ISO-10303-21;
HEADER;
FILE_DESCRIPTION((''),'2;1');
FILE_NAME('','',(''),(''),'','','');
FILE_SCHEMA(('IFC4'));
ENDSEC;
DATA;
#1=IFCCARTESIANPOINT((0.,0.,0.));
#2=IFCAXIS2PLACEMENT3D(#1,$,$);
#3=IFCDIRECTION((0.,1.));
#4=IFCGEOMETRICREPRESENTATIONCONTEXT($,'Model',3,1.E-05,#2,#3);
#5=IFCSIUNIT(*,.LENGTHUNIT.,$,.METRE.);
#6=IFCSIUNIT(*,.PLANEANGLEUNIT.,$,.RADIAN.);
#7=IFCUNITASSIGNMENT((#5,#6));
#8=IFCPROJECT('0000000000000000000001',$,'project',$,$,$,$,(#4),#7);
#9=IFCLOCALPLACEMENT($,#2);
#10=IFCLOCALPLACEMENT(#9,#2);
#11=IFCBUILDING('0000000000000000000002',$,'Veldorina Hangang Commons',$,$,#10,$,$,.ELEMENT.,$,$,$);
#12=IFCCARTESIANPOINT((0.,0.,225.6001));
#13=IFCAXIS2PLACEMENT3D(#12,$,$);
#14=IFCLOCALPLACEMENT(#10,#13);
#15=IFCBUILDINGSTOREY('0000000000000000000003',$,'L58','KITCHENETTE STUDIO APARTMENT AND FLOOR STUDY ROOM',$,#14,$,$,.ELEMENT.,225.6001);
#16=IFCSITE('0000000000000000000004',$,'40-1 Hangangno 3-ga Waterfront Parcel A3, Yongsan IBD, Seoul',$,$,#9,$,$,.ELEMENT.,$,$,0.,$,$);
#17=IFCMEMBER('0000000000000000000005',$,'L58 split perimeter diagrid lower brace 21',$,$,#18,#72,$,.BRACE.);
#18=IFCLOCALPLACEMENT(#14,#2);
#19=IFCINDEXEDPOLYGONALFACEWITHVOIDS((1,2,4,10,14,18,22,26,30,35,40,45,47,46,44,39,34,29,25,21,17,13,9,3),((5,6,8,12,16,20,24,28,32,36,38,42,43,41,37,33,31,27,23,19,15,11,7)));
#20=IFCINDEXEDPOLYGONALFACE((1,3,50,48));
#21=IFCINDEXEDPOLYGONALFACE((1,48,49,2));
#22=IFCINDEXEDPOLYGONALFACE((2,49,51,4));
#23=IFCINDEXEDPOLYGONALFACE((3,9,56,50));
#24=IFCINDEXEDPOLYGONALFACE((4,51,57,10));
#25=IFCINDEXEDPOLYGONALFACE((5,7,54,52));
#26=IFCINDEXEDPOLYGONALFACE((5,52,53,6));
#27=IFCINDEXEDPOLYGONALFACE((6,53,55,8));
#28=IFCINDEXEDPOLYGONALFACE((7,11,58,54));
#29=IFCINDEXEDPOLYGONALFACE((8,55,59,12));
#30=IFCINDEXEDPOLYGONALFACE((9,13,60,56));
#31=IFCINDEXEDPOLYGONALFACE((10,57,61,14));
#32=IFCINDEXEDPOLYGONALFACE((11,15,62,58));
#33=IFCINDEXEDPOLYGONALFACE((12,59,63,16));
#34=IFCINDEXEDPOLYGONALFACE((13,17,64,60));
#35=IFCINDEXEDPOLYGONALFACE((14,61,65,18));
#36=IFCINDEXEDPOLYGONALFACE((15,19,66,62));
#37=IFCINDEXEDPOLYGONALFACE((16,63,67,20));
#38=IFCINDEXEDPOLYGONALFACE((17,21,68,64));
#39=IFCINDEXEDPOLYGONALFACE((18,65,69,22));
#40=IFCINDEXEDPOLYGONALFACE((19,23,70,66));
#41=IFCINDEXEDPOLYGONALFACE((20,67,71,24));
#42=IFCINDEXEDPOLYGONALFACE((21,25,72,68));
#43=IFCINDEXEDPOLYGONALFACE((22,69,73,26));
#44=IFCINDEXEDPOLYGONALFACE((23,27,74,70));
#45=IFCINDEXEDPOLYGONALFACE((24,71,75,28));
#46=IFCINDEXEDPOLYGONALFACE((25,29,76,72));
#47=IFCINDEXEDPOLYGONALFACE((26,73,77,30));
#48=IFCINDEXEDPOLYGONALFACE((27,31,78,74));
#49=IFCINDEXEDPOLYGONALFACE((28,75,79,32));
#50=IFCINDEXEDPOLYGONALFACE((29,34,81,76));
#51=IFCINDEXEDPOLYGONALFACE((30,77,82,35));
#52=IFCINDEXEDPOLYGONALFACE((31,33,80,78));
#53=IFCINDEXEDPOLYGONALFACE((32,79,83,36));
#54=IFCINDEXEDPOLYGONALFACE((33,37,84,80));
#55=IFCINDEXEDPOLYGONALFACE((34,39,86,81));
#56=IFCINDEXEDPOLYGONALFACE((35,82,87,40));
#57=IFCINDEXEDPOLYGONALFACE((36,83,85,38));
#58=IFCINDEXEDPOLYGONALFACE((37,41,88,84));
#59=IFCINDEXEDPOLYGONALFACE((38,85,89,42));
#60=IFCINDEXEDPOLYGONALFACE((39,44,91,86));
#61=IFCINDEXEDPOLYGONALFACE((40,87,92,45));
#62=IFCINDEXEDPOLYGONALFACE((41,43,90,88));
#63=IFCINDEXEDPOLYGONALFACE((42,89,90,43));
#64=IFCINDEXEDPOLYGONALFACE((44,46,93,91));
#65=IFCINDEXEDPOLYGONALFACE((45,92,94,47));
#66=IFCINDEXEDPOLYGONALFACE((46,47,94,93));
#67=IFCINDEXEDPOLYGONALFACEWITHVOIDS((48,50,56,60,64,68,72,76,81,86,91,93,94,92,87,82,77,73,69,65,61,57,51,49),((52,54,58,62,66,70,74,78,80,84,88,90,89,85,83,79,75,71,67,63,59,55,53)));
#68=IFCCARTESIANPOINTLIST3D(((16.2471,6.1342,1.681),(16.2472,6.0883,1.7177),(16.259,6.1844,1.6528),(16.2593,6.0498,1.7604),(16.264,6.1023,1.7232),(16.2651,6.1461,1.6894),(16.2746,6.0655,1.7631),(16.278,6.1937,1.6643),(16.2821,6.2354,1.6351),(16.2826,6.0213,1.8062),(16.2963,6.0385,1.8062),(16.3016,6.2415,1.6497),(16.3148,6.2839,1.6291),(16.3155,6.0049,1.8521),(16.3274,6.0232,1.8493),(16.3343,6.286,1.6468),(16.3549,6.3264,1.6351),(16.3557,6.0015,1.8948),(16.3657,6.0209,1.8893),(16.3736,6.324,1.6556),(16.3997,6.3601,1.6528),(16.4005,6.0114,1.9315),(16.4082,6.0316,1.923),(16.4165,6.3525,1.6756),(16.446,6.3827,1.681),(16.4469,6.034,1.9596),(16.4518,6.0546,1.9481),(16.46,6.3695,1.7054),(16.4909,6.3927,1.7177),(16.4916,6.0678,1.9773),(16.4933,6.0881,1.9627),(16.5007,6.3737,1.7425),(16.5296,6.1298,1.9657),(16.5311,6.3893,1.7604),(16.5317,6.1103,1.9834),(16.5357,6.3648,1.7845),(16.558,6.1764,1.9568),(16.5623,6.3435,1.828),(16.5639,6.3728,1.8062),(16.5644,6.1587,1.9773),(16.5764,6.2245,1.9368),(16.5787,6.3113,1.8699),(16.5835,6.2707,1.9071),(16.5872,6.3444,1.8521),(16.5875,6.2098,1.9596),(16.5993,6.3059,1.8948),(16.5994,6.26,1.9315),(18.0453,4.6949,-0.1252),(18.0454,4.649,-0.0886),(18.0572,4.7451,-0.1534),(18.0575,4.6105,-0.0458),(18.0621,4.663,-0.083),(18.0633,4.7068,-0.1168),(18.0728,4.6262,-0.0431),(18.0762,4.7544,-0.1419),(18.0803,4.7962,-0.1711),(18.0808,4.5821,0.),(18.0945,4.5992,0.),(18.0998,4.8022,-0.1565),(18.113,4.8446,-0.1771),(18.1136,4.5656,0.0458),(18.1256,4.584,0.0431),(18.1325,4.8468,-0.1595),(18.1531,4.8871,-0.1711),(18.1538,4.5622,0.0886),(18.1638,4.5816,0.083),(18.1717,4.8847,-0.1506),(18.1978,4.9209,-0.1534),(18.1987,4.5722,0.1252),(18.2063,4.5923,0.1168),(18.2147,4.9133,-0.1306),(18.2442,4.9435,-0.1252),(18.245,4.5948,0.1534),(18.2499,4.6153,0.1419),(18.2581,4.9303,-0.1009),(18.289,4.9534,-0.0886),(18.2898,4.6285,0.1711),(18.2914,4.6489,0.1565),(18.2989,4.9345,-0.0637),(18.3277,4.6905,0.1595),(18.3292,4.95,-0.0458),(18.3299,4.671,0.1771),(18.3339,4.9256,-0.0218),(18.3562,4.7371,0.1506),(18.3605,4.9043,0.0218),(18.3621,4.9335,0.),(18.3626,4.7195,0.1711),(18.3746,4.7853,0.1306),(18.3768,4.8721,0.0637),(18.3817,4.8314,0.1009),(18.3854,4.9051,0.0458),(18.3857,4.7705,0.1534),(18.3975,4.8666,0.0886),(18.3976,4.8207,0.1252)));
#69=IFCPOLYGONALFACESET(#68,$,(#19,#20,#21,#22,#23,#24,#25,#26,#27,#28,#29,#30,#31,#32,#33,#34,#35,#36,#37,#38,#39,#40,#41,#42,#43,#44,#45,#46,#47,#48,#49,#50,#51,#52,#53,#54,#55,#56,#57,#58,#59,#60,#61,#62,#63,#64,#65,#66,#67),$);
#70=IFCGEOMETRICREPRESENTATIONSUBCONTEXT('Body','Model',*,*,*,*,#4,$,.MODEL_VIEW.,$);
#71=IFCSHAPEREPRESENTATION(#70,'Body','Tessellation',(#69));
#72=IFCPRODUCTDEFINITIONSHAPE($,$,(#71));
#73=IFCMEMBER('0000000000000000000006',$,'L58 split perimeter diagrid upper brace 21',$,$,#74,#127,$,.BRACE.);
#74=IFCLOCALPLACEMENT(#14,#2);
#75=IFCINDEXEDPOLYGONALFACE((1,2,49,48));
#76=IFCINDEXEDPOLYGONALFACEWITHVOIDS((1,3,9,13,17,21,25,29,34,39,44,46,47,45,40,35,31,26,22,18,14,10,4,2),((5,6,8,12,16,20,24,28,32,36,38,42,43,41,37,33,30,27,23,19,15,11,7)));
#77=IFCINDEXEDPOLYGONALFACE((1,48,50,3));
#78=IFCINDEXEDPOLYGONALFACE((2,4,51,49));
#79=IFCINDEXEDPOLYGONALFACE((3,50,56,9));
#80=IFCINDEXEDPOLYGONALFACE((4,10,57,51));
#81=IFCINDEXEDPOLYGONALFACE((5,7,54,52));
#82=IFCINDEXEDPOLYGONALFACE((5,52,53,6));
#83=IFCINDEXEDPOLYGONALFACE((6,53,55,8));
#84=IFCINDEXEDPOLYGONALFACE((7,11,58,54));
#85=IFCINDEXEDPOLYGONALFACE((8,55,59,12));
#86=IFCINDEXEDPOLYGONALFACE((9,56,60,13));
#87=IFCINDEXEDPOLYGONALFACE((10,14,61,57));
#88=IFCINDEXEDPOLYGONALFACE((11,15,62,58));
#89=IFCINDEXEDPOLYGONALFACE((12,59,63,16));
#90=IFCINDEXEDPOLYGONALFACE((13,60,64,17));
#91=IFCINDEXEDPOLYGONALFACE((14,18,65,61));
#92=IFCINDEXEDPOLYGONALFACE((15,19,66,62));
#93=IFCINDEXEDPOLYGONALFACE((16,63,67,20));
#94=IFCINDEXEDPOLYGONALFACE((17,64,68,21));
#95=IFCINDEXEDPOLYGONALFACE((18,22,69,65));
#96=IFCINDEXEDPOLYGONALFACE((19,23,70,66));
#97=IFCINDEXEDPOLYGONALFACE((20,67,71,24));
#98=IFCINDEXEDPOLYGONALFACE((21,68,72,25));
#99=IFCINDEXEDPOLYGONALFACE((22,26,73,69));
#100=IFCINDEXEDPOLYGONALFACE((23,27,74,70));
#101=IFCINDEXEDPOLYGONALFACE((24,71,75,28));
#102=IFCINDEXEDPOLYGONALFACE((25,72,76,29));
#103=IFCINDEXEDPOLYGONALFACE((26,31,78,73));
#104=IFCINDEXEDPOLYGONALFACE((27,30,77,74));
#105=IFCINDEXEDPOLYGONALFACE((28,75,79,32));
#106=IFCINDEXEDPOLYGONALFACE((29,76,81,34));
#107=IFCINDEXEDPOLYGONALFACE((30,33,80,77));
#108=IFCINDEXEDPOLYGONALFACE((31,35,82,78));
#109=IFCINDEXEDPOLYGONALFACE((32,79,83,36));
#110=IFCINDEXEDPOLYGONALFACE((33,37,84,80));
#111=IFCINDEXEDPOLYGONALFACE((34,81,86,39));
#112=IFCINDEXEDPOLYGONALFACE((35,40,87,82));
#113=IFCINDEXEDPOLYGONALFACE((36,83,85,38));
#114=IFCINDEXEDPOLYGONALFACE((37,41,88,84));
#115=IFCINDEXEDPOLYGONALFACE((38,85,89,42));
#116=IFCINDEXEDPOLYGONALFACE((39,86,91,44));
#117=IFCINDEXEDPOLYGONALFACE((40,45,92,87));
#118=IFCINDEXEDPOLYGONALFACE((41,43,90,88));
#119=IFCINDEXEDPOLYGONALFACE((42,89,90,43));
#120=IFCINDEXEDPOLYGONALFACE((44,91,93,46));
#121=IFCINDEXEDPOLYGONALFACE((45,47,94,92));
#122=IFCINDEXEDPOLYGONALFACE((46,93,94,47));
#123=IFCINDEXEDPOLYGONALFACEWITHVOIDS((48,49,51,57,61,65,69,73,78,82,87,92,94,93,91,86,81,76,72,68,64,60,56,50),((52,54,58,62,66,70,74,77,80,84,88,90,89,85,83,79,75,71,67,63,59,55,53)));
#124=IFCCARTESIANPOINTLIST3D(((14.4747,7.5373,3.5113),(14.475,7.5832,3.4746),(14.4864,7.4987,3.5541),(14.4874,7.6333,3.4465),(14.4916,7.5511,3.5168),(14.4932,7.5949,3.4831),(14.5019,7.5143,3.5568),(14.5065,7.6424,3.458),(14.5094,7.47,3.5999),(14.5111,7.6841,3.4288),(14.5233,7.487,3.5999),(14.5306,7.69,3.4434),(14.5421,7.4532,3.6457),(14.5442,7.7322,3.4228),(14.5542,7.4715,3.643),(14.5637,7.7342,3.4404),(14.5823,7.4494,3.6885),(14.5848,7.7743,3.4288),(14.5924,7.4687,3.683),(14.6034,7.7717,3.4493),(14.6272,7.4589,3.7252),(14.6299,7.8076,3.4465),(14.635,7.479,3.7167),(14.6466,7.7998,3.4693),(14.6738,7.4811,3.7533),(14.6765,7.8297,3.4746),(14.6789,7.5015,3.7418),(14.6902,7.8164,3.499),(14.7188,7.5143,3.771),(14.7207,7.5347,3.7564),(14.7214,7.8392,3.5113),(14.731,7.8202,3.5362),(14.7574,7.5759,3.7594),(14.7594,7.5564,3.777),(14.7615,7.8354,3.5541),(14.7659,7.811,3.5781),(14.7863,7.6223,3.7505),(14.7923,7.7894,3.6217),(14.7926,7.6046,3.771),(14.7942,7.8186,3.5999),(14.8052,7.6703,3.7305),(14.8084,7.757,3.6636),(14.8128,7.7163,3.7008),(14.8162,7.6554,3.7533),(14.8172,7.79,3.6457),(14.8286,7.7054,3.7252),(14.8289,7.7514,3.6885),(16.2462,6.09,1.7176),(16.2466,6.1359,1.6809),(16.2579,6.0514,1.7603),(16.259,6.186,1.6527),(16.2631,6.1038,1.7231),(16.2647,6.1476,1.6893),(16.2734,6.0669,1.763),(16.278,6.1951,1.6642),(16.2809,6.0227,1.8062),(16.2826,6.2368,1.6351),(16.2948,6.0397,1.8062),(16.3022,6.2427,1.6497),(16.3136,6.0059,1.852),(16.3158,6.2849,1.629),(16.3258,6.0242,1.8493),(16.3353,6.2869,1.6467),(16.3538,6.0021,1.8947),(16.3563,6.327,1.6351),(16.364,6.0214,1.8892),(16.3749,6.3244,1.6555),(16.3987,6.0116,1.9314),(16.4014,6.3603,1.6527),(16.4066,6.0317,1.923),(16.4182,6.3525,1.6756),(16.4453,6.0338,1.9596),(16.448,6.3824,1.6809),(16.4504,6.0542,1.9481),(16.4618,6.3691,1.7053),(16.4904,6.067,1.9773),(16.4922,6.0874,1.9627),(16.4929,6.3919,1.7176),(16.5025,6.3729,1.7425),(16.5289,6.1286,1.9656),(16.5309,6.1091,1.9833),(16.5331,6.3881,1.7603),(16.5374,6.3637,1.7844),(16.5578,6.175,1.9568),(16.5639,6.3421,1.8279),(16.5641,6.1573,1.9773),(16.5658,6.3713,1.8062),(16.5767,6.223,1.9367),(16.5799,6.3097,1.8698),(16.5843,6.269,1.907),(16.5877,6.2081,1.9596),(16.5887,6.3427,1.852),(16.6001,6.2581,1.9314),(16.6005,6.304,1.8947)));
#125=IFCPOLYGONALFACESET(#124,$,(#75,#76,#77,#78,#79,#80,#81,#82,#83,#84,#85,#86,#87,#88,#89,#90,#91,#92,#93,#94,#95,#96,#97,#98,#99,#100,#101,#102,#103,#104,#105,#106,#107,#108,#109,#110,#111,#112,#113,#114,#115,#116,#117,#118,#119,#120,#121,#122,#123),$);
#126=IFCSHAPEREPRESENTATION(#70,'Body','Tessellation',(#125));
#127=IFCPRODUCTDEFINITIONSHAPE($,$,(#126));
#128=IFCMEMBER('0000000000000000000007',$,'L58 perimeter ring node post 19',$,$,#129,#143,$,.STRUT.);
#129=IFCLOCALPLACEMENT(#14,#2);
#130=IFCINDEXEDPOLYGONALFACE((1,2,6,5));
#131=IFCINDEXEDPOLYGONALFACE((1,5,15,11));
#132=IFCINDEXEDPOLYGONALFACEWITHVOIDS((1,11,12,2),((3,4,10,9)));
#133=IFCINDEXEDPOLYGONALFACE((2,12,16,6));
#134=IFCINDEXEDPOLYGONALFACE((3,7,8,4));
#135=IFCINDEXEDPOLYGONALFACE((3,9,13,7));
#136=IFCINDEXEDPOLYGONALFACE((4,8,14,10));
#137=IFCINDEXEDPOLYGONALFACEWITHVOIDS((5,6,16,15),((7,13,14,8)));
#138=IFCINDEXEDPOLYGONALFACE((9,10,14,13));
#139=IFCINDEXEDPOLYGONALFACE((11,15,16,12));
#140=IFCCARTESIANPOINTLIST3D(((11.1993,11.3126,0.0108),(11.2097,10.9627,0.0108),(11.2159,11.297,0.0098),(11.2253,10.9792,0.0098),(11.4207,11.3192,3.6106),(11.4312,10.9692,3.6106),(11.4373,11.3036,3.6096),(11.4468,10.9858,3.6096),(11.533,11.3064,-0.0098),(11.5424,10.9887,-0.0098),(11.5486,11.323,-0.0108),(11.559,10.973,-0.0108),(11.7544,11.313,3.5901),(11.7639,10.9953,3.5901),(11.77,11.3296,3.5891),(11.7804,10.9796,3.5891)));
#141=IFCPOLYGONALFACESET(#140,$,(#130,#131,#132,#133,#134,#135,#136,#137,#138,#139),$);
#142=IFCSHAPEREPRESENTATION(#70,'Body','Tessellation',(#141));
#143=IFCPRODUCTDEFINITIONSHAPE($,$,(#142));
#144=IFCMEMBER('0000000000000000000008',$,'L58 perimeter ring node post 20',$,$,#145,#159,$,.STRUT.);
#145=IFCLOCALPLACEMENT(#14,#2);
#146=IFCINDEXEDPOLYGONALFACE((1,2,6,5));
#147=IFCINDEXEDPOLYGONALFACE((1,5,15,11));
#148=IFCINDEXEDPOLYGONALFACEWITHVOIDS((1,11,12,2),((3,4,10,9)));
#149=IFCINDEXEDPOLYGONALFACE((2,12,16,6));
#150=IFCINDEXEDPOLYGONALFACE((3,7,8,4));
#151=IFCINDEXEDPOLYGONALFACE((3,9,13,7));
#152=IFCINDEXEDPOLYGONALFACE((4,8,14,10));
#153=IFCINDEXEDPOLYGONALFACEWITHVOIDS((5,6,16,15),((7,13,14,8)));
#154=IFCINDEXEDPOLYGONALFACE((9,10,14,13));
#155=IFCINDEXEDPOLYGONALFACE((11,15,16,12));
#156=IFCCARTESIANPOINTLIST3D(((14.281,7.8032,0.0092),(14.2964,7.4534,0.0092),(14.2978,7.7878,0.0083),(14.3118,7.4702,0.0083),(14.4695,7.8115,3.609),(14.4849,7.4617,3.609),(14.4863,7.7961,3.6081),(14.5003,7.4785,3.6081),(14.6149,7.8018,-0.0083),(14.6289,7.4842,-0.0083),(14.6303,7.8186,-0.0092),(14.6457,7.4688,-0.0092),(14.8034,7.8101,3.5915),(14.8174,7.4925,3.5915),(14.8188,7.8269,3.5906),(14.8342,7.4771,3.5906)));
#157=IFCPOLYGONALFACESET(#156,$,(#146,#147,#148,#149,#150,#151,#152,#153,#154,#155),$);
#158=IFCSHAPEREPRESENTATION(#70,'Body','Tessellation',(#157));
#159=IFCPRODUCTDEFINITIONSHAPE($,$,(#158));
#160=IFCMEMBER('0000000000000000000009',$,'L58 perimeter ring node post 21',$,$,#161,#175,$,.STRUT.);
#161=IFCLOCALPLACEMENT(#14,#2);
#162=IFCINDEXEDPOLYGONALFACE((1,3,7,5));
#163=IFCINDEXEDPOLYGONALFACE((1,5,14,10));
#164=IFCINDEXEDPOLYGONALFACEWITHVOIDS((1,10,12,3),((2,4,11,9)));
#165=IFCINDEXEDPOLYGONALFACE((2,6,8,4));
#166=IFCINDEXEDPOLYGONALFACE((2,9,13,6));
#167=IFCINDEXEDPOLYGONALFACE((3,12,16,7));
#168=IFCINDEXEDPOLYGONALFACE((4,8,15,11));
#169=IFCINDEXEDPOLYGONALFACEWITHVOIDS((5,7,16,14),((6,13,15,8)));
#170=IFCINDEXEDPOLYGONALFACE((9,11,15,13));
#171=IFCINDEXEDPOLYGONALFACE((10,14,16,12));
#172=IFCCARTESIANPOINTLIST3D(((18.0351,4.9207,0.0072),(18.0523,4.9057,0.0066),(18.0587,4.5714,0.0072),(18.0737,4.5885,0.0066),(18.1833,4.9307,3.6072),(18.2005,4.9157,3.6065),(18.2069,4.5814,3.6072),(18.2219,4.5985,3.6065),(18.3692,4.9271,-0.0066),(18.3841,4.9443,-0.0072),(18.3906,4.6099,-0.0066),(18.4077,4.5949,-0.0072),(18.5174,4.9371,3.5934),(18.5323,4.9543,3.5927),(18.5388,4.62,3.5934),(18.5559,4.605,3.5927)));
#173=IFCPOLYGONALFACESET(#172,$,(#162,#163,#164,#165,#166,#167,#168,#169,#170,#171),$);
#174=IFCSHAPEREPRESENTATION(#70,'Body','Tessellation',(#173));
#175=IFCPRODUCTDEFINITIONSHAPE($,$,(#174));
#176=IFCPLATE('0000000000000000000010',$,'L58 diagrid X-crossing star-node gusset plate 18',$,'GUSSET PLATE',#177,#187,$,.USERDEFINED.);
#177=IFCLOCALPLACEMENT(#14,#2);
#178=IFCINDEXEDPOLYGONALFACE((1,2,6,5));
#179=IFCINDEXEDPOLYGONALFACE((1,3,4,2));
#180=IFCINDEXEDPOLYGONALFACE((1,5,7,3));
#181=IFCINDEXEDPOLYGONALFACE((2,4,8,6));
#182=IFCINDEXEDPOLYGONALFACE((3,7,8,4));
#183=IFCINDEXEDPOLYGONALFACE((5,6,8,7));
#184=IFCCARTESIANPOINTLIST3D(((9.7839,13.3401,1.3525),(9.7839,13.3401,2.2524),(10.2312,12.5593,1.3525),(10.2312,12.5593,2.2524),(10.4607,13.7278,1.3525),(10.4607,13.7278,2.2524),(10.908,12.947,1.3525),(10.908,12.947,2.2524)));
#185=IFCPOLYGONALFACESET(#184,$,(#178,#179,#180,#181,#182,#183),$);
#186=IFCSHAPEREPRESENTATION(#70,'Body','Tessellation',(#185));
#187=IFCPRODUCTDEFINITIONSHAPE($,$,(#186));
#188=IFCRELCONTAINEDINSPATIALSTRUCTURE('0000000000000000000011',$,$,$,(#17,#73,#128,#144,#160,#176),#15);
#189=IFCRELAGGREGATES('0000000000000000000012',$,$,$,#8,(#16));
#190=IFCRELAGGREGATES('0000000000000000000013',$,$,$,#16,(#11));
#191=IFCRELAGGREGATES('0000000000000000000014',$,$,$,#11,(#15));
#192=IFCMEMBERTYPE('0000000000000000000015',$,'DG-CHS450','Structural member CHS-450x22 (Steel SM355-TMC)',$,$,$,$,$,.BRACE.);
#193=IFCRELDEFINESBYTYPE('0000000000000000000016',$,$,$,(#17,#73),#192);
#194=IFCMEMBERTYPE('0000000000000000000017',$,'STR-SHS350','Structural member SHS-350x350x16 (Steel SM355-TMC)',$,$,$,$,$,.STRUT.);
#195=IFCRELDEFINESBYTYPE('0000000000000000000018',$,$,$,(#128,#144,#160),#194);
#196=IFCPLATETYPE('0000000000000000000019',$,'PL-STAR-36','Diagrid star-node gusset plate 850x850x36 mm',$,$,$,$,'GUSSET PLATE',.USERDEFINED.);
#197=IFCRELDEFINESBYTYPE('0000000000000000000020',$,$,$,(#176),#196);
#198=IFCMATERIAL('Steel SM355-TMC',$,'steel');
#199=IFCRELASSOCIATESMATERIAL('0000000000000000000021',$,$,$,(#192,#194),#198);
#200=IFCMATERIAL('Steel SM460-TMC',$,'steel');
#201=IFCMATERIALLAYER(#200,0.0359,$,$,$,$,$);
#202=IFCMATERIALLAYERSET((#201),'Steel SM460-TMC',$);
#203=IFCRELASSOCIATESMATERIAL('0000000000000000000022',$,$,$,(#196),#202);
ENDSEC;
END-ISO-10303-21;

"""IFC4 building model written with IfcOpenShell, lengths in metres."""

from ifc_helpers import new_model, si_unit, direction, frame, origin, origin_2d, place, context, subcontext, project, spatial, rectangle, hollow_rectangle, hollow_circle, extrude, material, layer, layer_set, material_profile, profile_set, type_object, element, save


model = new_model("IFC4")

# Units and contexts
model_context = context("Model", 3, precision=1e-05, world=origin(), true_north=direction((0.0, 1.0)))
body_context = subcontext(model_context, "Body", "Model", "MODEL_VIEW")
ifc_project = project(units=[si_unit("LENGTHUNIT", "METRE"), si_unit("PLANEANGLEUNIT", "RADIAN")], contexts=[model_context])

# Site, building, storey
site_placement = place(None, origin())
site = spatial("IfcSite", under=ifc_project, at=site_placement, Name="40-1 Hangangno 3-ga Waterfront Parcel A3, Yongsan IBD, Seoul", CompositionType="ELEMENT", RefElevation=0.0)
building_placement = place(site_placement, origin())
building = spatial("IfcBuilding", under=site, at=building_placement, Name="Veldorina Hangang Commons", CompositionType="ELEMENT")
storey_placement = place(building_placement, frame((0.0, 0.0, 225.6001)))
storey = spatial("IfcBuildingStorey", under=building, at=storey_placement, Name="L58", Description="KITCHENETTE STUDIO APARTMENT AND FLOOR STUDY ROOM", CompositionType="ELEMENT", Elevation=225.6001)

# Shared definitions
ifc_material_1 = material(Name="Steel SM355-TMC", Category="steel")

# Members
ifc_material_profile_1 = material_profile(ifc_material_1, hollow_circle(Radius=0.2251, WallThickness=0.022, at=origin_2d()), Name="CHS-450x22")
ifc_profile_set_1 = profile_set([ifc_material_profile_1], Name="Steel SM355-TMC")
member_type_1 = type_object("IfcMemberType", Name="DG-CHS450", Description="Structural member CHS-450x22 (Steel SM355-TMC)", PredefinedType="BRACE", material=ifc_profile_set_1)
member_1_placement = place(storey_placement, frame((18.2214, 4.7578, 0.0), z_axis=(-0.614338, 0.49172, 0.61709), x_axis=(-0.624889, -0.780714, 0.0)))
element("IfcMember", 1, at=member_1_placement, inside=storey, type_object=member_type_1, Name="L58 split perimeter diagrid lower brace 21", PredefinedType="BRACE", context=body_context, shape_type="SweptSolid", body=[
    extrude(hollow_circle(Radius=0.2251, WallThickness=0.022, at=origin_2d()), origin(), (0.0, 0.0, 1.0), 2.927),
])
member_2_placement = place(storey_placement, frame((16.4233, 6.197, 1.8062), z_axis=(-0.609406, 0.497872, 0.617048), x_axis=(-0.63268, -0.774414, 0.0)))
element("IfcMember", 2, at=member_2_placement, inside=storey, type_object=member_type_1, Name="L58 split perimeter diagrid upper brace 21", PredefinedType="BRACE", context=body_context, shape_type="SweptSolid", body=[
    extrude(hollow_circle(Radius=0.2251, WallThickness=0.022, at=origin_2d()), origin(), (0.0, 0.0, 1.0), 2.907),
])
ifc_material_profile_2 = material_profile(ifc_material_1, hollow_rectangle(XDim=0.3501, YDim=0.3501, WallThickness=0.0161, at=origin_2d()), Name="SHS-350x350x16")
ifc_profile_set_2 = profile_set([ifc_material_profile_2], Name="Steel SM355-TMC")
member_type_2 = type_object("IfcMemberType", Name="STR-SHS350", Description="Structural member SHS-350x350x16 (Steel SM355-TMC)", PredefinedType="STRUT", material=ifc_profile_set_2)
member_3_placement = place(storey_placement, frame((11.3792, 11.1428, 0.0), z_axis=(0.061396, 0.001828, 0.998112), x_axis=(-0.029755, 0.999557, 0.0)))
element("IfcMember", 3, at=member_3_placement, inside=storey, type_object=member_type_2, Name="L58 perimeter ring node post 19", PredefinedType="STRUT", context=body_context, shape_type="SweptSolid", body=[
    extrude(hollow_rectangle(XDim=0.3501, YDim=0.3501, WallThickness=0.0161, at=origin_2d()), origin(), (0.0, 0.0, 1.0), 3.6067),
])
member_4_placement = place(storey_placement, frame((14.4634, 7.636, 0.0), z_axis=(0.052285, 0.002303, 0.99863), x_axis=(-0.043999, 0.999032, 0.0)))
element("IfcMember", 4, at=member_4_placement, inside=storey, type_object=member_type_2, Name="L58 perimeter ring node post 20", PredefinedType="STRUT", context=body_context, shape_type="SweptSolid", body=[
    extrude(hollow_rectangle(XDim=0.3501, YDim=0.3501, WallThickness=0.0161, at=origin_2d()), origin(), (0.0, 0.0, 1.0), 3.6047),
])
member_5_placement = place(storey_placement, frame((18.2214, 4.7578, 0.0), z_axis=(0.041132, 0.002778, 0.99915), x_axis=(-0.067392, 0.997727, 0.0)))
element("IfcMember", 5, at=member_5_placement, inside=storey, type_object=member_type_2, Name="L58 perimeter ring node post 21", PredefinedType="STRUT", context=body_context, shape_type="SweptSolid", body=[
    extrude(hollow_rectangle(XDim=0.3501, YDim=0.3501, WallThickness=0.0161, at=origin_2d()), origin(), (0.0, 0.0, 1.0), 3.603),
])

# Plate
ifc_material_2 = material(Name="Steel SM460-TMC", Category="steel")
ifc_layer_1 = layer(ifc_material_2, 0.0359)
ifc_layer_set_1 = layer_set([ifc_layer_1], Name="Steel SM460-TMC")
plate_type = type_object("IfcPlateType", Name="PL-STAR-36", Description="Diagrid star-node gusset plate 850x850x36 mm", ElementType="GUSSET PLATE", PredefinedType="USERDEFINED", material=ifc_layer_set_1)
plate_1_placement = place(storey_placement, frame((10.3459, 13.1436, 1.3525), z_axis=(0.0, 0.0, 1.0), x_axis=(0.49705, -0.867722, 0.0)))
element("IfcPlate", 6, at=plate_1_placement, inside=storey, type_object=plate_type, Name="L58 diagrid X-crossing star-node gusset plate 18", ObjectType="GUSSET PLATE", PredefinedType="USERDEFINED", context=body_context, shape_type="SweptSolid", body=[
    extrude(rectangle(XDim=0.8999, YDim=0.78, at=origin_2d()), origin(), (0.0, 0.0, 1.0), 0.8999),
])

save(model, "model.ifc")
